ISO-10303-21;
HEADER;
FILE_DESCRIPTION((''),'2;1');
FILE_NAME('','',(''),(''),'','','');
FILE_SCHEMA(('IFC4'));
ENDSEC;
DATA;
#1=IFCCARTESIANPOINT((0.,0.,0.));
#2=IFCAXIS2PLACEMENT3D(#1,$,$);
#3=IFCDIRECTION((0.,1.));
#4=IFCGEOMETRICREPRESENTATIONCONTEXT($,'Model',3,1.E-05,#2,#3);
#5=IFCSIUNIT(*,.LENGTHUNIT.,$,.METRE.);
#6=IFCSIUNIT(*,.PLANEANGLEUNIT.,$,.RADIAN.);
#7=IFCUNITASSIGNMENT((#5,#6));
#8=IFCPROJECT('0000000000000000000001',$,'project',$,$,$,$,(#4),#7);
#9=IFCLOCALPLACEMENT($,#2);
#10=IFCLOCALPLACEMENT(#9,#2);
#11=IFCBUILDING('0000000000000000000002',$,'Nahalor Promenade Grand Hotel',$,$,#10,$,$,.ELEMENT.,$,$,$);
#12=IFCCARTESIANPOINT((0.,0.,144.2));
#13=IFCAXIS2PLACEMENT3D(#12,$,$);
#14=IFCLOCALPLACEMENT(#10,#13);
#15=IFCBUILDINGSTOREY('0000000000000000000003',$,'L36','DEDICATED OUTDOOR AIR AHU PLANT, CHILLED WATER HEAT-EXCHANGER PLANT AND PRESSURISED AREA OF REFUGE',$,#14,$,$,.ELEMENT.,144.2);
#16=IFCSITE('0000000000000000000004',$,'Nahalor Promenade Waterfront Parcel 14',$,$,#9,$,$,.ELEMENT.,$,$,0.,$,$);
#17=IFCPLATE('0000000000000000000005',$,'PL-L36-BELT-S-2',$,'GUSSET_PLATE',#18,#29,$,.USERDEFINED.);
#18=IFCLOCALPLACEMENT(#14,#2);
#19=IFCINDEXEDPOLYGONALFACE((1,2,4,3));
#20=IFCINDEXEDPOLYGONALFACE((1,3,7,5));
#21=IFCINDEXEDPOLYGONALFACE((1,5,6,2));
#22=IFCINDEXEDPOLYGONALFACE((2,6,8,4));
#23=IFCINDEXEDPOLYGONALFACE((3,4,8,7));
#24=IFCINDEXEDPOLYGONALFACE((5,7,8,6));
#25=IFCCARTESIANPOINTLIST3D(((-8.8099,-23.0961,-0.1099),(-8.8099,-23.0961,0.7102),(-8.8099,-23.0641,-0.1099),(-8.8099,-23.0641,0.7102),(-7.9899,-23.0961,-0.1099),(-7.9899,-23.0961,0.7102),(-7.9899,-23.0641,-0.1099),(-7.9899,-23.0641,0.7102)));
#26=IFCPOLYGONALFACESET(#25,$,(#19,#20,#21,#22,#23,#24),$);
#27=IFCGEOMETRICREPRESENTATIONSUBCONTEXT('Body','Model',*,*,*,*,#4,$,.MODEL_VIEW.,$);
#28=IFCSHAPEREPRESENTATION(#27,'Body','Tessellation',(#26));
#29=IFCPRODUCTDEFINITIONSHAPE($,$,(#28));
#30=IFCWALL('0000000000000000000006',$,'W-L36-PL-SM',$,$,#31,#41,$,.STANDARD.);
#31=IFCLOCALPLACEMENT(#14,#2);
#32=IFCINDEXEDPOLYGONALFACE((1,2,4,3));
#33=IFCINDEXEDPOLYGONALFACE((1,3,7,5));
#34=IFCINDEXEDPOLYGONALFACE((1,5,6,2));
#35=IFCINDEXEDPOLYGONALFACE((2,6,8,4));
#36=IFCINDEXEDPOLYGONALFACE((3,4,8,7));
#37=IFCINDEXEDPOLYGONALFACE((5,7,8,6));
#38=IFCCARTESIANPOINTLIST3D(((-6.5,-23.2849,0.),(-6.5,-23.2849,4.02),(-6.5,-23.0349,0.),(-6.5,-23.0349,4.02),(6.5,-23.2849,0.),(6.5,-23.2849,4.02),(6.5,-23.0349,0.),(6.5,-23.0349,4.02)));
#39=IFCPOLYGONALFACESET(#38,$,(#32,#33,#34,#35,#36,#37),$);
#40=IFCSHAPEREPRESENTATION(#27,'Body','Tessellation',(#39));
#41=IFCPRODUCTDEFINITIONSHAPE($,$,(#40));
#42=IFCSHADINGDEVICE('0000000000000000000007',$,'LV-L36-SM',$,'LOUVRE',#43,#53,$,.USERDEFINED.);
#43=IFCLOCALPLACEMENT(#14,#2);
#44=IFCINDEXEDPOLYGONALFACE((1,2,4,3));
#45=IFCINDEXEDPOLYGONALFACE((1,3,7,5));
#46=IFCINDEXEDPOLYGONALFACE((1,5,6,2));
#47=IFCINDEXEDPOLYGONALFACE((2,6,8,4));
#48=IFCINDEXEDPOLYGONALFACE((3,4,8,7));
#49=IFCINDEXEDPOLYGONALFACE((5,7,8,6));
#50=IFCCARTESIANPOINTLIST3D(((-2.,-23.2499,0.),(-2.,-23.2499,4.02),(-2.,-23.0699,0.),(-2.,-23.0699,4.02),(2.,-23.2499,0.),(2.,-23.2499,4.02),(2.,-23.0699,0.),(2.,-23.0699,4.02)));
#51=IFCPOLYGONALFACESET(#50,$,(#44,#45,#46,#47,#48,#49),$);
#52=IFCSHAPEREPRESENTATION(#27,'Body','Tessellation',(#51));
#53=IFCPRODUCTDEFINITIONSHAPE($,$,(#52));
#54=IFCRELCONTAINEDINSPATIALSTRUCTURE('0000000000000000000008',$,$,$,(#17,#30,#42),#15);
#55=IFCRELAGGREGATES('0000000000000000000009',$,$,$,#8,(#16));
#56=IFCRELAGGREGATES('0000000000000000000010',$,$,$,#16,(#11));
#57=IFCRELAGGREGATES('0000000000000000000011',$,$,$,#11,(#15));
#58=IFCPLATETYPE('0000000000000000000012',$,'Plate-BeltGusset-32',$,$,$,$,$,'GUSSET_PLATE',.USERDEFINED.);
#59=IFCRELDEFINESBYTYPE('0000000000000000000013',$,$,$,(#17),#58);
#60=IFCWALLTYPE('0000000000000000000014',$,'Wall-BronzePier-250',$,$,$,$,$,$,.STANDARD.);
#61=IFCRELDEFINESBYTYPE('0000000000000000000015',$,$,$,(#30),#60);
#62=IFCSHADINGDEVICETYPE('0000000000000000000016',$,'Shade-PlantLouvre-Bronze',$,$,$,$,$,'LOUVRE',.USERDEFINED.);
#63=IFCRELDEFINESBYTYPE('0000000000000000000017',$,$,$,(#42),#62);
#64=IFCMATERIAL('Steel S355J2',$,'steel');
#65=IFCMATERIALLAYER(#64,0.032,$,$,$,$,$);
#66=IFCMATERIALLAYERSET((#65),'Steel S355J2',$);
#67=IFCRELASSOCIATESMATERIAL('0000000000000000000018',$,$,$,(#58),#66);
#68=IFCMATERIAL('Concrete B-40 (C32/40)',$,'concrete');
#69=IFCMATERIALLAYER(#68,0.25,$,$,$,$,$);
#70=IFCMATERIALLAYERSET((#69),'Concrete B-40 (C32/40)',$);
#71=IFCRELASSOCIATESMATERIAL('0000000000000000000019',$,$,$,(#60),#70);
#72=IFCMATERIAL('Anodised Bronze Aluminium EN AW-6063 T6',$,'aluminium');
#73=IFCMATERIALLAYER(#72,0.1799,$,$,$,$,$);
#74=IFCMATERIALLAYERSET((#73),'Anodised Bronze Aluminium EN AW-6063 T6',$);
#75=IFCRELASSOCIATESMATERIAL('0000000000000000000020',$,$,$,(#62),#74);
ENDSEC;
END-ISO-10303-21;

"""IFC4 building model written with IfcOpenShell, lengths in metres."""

from ifc_helpers import new_model, si_unit, direction, frame, frame_2d, origin, origin_2d, place, context, subcontext, project, spatial, rectangle, extrude, source, transform, mapped, material, layer, layer_set, type_object, element, save


model = new_model("IFC4")

# Units and contexts
model_context = context("Model", 3, precision=1e-05, world=origin(), true_north=direction((0.0, 1.0)))
body_context = subcontext(model_context, "Body", "Model", "MODEL_VIEW")
ifc_project = project(units=[si_unit("LENGTHUNIT", "METRE"), si_unit("PLANEANGLEUNIT", "RADIAN")], contexts=[model_context])

# Site, building, storey
site_placement = place(None, origin())
site = spatial("IfcSite", under=ifc_project, at=site_placement, Name="Nahalor Promenade Waterfront Parcel 14", CompositionType="ELEMENT", RefElevation=0.0)
building_placement = place(site_placement, origin())
building = spatial("IfcBuilding", under=site, at=building_placement, Name="Nahalor Promenade Grand Hotel", CompositionType="ELEMENT")
storey_placement = place(building_placement, frame((0.0, 0.0, 144.2)))
storey = spatial("IfcBuildingStorey", under=building, at=storey_placement, Name="L36", Description="DEDICATED OUTDOOR AIR AHU PLANT, CHILLED WATER HEAT-EXCHANGER PLANT AND PRESSURISED AREA OF REFUGE", CompositionType="ELEMENT", Elevation=144.2)

# Shared definitions
ifc_material_1 = material(Name="Steel S355J2", Category="steel")

# Plate
ifc_layer_1 = layer(ifc_material_1, 0.032)
ifc_layer_set_1 = layer_set([ifc_layer_1], Name="Steel S355J2")
plate_type_1 = type_object("IfcPlateType", Name="Plate-BeltGusset-32", ElementType="GUSSET_PLATE", PredefinedType="USERDEFINED", material=ifc_layer_set_1)
shared_shape_1 = source(origin(), body_context, "Body", "SweptSolid", [
    extrude(rectangle(XDim=0.8201, YDim=0.032, at=origin_2d()), origin(), (0.0, 0.0, 1.0), 0.8201),
])
plate_1_placement = place(storey_placement, frame((-8.3999, -23.0801, -0.1099), z_axis=(0.0, 0.0, 1.0), x_axis=(1.0, 0.0, 0.0)))
element("IfcPlate", 1, at=plate_1_placement, inside=storey, type_object=plate_type_1, Name="PL-L36-BELT-S-2", ObjectType="GUSSET_PLATE", PredefinedType="USERDEFINED", context=body_context, shape_type="MappedRepresentation", body=[
    mapped(shared_shape_1, transform((0.0, 0.0, 0.0), scale=1.0)),
])

# Wall
ifc_material_2 = material(Name="Concrete B-40 (C32/40)", Category="concrete")
ifc_layer_2 = layer(ifc_material_2, 0.25)
ifc_layer_set_2 = layer_set([ifc_layer_2], Name="Concrete B-40 (C32/40)")
wall_type = type_object("IfcWallType", Name="Wall-BronzePier-250", PredefinedType="STANDARD", material=ifc_layer_set_2)
shared_shape_2 = source(origin(), body_context, "Body", "SweptSolid", [
    extrude(rectangle(XDim=13.0, YDim=0.25, at=frame_2d((6.5, 0.0))), origin(), (0.0, 0.0, 1.0), 4.02),
])
wall_placement = place(storey_placement, frame((-6.5, -23.1599, 0.0), z_axis=(0.0, 0.0, 1.0), x_axis=(1.0, 0.0, 0.0)))
element("IfcWall", 2, at=wall_placement, inside=storey, type_object=wall_type, Name="W-L36-PL-SM", PredefinedType="STANDARD", context=body_context, shape_type="MappedRepresentation", body=[
    mapped(shared_shape_2, transform((0.0, 0.0, 0.0), scale=1.0)),
])

# Shading device
ifc_material_3 = material(Name="Anodised Bronze Aluminium EN AW-6063 T6", Category="aluminium")
ifc_layer_3 = layer(ifc_material_3, 0.1799)
ifc_layer_set_3 = layer_set([ifc_layer_3], Name="Anodised Bronze Aluminium EN AW-6063 T6")
shading_device_type = type_object("IfcShadingDeviceType", Name="Shade-PlantLouvre-Bronze", ElementType="LOUVRE", PredefinedType="USERDEFINED", material=ifc_layer_set_3)
shared_shape_3 = source(origin(), body_context, "Body", "SweptSolid", [
    extrude(rectangle(XDim=4.0, YDim=0.1799, at=origin_2d()), origin(), (0.0, 0.0, 1.0), 4.02),
])
shading_device_placement = place(storey_placement, frame((0.0, -23.1599, 0.0), z_axis=(0.0, 0.0, 1.0), x_axis=(1.0, 0.0, 0.0)))
element("IfcShadingDevice", 3, at=shading_device_placement, inside=storey, type_object=shading_device_type, Name="LV-L36-SM", ObjectType="LOUVRE", PredefinedType="USERDEFINED", context=body_context, shape_type="MappedRepresentation", body=[
    mapped(shared_shape_3, transform((0.0, 0.0, 0.0), scale=1.0)),
])

save(model, "model.ifc")
